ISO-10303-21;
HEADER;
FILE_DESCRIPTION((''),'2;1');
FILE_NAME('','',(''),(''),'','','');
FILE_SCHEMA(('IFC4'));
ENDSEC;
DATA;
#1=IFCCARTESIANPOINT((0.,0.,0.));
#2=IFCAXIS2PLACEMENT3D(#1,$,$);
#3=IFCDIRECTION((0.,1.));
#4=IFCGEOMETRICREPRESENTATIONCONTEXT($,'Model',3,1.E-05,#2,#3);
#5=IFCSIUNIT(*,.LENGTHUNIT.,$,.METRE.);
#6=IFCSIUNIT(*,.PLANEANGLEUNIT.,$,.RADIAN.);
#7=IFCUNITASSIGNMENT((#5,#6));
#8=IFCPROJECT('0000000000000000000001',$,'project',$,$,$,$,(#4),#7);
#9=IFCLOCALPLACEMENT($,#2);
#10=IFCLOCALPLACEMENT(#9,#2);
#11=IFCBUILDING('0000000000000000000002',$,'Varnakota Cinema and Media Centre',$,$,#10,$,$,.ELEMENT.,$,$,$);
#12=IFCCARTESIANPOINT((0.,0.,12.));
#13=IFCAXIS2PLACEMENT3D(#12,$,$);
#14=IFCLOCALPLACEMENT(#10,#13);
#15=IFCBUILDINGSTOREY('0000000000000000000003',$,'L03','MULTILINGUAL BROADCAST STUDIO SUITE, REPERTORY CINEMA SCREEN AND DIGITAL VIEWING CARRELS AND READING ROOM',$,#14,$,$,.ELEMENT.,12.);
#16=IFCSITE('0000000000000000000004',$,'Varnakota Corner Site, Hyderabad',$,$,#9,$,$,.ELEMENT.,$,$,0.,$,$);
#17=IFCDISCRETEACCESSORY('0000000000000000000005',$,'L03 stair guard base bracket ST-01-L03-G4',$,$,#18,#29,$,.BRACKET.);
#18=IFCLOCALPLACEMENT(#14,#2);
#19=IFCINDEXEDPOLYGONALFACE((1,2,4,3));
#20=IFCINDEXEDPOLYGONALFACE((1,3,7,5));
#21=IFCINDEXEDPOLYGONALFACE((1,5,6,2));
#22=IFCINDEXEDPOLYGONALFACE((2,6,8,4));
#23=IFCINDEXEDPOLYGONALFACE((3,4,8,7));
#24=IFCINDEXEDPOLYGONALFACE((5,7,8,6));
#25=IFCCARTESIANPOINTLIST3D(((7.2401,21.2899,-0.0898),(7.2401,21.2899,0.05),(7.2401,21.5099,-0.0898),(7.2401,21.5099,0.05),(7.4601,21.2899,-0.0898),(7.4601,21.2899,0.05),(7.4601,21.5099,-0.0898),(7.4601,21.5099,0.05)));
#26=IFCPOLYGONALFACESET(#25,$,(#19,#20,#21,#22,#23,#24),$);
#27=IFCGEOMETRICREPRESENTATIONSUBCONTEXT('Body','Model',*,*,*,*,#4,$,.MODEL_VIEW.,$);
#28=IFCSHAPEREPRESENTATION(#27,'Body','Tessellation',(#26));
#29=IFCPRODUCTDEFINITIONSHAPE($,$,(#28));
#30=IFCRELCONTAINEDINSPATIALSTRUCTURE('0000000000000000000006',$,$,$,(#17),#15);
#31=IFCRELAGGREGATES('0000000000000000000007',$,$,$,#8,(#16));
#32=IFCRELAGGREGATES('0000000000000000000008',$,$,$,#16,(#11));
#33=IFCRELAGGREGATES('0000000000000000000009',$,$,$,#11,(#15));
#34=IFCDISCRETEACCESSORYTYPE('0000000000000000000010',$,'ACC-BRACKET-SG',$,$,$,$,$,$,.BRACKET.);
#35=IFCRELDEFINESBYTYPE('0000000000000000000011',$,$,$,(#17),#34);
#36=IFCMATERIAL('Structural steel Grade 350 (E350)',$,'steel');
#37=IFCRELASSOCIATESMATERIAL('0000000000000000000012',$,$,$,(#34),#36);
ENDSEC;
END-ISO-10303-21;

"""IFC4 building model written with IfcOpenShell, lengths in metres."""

from ifc_helpers import new_model, si_unit, direction, frame, origin, origin_2d, place, context, subcontext, project, spatial, rectangle, extrude, material, type_object, element, save


model = new_model("IFC4")

# Units and contexts
model_context = context("Model", 3, precision=1e-05, world=origin(), true_north=direction((0.0, 1.0)))
body_context = subcontext(model_context, "Body", "Model", "MODEL_VIEW")
ifc_project = project(units=[si_unit("LENGTHUNIT", "METRE"), si_unit("PLANEANGLEUNIT", "RADIAN")], contexts=[model_context])

# Site, building, storey
site_placement = place(None, origin())
site = spatial("IfcSite", under=ifc_project, at=site_placement, Name="Varnakota Corner Site, Hyderabad", CompositionType="ELEMENT", RefElevation=0.0)
building_placement = place(site_placement, origin())
building = spatial("IfcBuilding", under=site, at=building_placement, Name="Varnakota Cinema and Media Centre", CompositionType="ELEMENT")
storey_placement = place(building_placement, frame((0.0, 0.0, 12.0)))
storey = spatial("IfcBuildingStorey", under=building, at=storey_placement, Name="L03", Description="MULTILINGUAL BROADCAST STUDIO SUITE, REPERTORY CINEMA SCREEN AND DIGITAL VIEWING CARRELS AND READING ROOM", CompositionType="ELEMENT", Elevation=12.0)

# Discrete accessory
ifc_material_1 = material(Name="Structural steel Grade 350 (E350)", Category="steel")
discrete_accessory_type = type_object("IfcDiscreteAccessoryType", Name="ACC-BRACKET-SG", PredefinedType="BRACKET", material=ifc_material_1)
for number, where, z_axis, x_axis, name in (
    (1, (7.3501, 21.3999, -0.0898), (0.0, 0.0, 1.0), (1.0, 0.0, 0.0), "L03 stair guard base bracket ST-01-L03-G4"),
):
    element("IfcDiscreteAccessory", number, at=place(storey_placement, frame(where, z_axis=z_axis, x_axis=x_axis)), inside=storey, type_object=discrete_accessory_type, Name=name, PredefinedType="BRACKET", context=body_context, shape_type="SweptSolid", body=[
        extrude(rectangle(XDim=0.22, YDim=0.22, at=origin_2d()), origin(), (0.0, 0.0, 1.0), 0.1399),
    ])

save(model, "model.ifc")
